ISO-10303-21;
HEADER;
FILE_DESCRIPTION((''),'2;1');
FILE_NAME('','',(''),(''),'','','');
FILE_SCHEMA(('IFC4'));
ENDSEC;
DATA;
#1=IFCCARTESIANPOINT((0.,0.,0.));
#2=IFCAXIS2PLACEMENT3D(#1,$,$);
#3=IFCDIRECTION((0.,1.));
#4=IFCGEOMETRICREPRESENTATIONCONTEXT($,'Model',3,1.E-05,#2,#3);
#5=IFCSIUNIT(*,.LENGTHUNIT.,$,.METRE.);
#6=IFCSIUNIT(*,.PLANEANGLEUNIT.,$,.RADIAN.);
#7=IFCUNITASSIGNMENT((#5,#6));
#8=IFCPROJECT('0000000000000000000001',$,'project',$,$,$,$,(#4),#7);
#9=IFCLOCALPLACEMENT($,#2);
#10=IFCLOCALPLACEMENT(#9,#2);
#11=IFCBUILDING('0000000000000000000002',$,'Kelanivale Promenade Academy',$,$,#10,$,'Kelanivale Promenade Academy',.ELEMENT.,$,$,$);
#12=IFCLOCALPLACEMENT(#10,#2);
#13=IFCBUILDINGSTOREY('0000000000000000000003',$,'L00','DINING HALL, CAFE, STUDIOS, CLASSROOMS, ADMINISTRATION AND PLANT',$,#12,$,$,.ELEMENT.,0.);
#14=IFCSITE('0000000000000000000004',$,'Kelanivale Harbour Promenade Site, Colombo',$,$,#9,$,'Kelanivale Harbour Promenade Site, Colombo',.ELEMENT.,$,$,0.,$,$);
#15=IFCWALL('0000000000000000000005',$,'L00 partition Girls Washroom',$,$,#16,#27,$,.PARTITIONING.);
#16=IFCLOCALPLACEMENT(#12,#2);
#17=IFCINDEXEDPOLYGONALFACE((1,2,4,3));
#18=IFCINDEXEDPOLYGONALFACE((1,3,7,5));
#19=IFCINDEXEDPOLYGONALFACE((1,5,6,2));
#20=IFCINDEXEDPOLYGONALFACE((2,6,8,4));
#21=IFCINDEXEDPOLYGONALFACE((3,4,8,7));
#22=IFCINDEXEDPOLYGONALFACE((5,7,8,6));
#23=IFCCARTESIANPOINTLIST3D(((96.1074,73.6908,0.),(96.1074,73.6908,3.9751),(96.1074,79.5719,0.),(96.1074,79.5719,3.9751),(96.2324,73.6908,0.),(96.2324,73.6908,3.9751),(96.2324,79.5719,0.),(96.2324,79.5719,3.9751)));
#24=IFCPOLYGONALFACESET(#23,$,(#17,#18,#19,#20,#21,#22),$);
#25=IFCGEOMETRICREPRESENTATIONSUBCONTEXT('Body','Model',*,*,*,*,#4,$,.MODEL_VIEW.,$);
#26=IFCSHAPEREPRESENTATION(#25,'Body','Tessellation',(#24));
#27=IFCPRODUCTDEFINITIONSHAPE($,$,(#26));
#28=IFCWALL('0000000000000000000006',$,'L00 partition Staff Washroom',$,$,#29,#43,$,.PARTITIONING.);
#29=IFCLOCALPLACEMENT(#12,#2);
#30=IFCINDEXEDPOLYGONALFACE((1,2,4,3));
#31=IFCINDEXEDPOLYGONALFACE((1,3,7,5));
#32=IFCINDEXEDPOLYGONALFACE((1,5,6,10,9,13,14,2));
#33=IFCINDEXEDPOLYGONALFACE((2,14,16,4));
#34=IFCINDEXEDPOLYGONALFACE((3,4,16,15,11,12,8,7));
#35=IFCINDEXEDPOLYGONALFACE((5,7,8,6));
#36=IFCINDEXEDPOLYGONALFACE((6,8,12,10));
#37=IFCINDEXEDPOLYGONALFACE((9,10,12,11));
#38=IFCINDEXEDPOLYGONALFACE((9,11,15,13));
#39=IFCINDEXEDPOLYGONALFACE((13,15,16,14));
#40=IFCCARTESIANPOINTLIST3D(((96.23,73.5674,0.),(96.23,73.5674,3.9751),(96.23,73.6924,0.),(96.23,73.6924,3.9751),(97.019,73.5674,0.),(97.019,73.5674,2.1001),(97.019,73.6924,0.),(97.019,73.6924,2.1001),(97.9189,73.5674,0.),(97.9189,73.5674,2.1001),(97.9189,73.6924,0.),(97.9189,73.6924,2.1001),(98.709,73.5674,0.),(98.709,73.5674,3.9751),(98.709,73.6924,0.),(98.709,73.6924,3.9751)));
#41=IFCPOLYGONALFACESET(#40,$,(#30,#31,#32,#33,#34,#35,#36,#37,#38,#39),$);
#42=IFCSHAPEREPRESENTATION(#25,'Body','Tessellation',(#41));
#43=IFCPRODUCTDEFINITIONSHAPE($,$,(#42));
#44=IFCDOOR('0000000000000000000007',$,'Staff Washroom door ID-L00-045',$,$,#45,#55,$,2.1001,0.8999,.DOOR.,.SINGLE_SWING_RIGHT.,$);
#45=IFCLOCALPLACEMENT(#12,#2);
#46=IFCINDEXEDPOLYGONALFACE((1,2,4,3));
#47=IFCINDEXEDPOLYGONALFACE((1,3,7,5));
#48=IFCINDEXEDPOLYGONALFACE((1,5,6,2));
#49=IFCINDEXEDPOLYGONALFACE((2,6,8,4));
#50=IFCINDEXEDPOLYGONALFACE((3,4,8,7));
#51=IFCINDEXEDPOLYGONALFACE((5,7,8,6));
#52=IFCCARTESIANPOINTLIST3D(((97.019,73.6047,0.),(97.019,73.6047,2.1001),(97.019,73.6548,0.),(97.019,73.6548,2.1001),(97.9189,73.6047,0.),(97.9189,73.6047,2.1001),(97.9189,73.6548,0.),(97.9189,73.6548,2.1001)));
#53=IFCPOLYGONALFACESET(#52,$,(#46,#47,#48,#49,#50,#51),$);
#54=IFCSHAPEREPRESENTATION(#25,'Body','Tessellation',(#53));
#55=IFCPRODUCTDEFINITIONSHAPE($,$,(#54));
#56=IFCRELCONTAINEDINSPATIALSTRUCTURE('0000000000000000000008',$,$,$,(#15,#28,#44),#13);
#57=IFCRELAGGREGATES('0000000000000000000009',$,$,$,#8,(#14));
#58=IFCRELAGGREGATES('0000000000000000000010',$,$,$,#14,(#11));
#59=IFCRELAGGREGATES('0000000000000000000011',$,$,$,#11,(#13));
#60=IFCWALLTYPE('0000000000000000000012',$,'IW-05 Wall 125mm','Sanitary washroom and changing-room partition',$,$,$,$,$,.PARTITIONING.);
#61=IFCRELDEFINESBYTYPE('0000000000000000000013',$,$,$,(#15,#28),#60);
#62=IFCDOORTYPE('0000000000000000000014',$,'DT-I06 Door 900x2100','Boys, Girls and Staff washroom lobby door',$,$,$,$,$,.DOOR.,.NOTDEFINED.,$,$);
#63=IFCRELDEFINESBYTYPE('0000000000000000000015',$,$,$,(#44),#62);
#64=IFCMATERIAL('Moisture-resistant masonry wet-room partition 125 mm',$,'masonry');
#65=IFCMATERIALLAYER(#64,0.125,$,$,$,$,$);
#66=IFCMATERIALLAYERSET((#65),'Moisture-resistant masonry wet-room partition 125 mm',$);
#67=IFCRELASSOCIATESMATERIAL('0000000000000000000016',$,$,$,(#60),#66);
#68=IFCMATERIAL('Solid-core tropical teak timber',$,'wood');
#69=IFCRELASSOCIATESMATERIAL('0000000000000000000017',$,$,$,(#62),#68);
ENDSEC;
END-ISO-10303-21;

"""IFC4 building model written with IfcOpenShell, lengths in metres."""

from ifc_helpers import new_model, si_unit, direction, frame, frame_2d, origin, place, context, subcontext, project, spatial, rectangle, extrude, material, layer, layer_set, type_object, element, fill, save


model = new_model("IFC4")

# Units and contexts
model_context = context("Model", 3, precision=1e-05, world=origin(), true_north=direction((0.0, 1.0)))
body_context = subcontext(model_context, "Body", "Model", "MODEL_VIEW")
ifc_project = project(units=[si_unit("LENGTHUNIT", "METRE"), si_unit("PLANEANGLEUNIT", "RADIAN")], contexts=[model_context])

# Site, building, storey
site_placement = place(None, origin())
site = spatial("IfcSite", under=ifc_project, at=site_placement, Name="Kelanivale Harbour Promenade Site, Colombo", LongName="Kelanivale Harbour Promenade Site, Colombo", CompositionType="ELEMENT", RefElevation=0.0)
building_placement = place(site_placement, origin())
building = spatial("IfcBuilding", under=site, at=building_placement, Name="Kelanivale Promenade Academy", LongName="Kelanivale Promenade Academy", CompositionType="ELEMENT")
storey_placement = place(building_placement, origin())
storey = spatial("IfcBuildingStorey", under=building, at=storey_placement, Name="L00", Description="DINING HALL, CAFE, STUDIOS, CLASSROOMS, ADMINISTRATION AND PLANT", CompositionType="ELEMENT", Elevation=0.0)

# Shared definitions
ifc_material_1 = material(Name="Moisture-resistant masonry wet-room partition 125 mm", Category="masonry")
ifc_layer_1 = layer(ifc_material_1, 0.125)
ifc_layer_set_1 = layer_set([ifc_layer_1], Name="Moisture-resistant masonry wet-room partition 125 mm")
wall_type_1 = type_object("IfcWallType", Name="IW-05 Wall 125mm", Description="Sanitary washroom and changing-room partition", PredefinedType="PARTITIONING", material=ifc_layer_set_1)

# Shared definitions
ifc_material_2 = material(Name="Solid-core tropical teak timber", Category="wood")
door_type = type_object("IfcDoorType", Name="DT-I06 Door 900x2100", Description="Boys, Girls and Staff washroom lobby door", OperationType="NOTDEFINED", PredefinedType="DOOR", material=ifc_material_2)

# Wall
wall_1_placement = place(storey_placement, frame((96.1699, 73.6909, 0.0), z_axis=(0.0, 0.0, 1.0), x_axis=(0.0, 1.0, 0.0)))
element("IfcWall", 1, at=wall_1_placement, inside=storey, type_object=wall_type_1, Name="L00 partition Girls Washroom", PredefinedType="PARTITIONING", context=body_context, shape_type="SweptSolid", body=[
    extrude(rectangle(XDim=5.8811, YDim=0.125, at=frame_2d((2.9404, 0.0))), origin(), (0.0, 0.0, 1.0), 3.9751),
])

# Wall, opening, door
wall_2_placement = place(storey_placement, frame((96.23, 73.6299, 0.0), z_axis=(0.0, 0.0, 1.0), x_axis=(1.0, 0.0, 0.0)))
wall_2 = element("IfcWall", 2, at=wall_2_placement, inside=storey, type_object=wall_type_1, Name="L00 partition Staff Washroom", PredefinedType="PARTITIONING", context=body_context, shape_type="SweptSolid", body=[
    extrude(rectangle(XDim=2.479, YDim=0.125, at=frame_2d((1.2395, 0.0))), origin(), (0.0, 0.0, 1.0), 3.9751),
])
opening_1_placement = place(wall_2_placement, frame((0.7891, 0.0, 0.0)))
opening_1 = element("IfcOpeningElement", 3, at=opening_1_placement, cuts=wall_2, PredefinedType="OPENING", context=body_context, shape_type="SweptSolid", body=[
    extrude(rectangle(XDim=0.8999, YDim=2.1001, at=frame_2d((0.45, 1.05))), frame((0.0, 0.0725, 0.0), z_axis=(0.0, -1.0, 0.0), x_axis=(1.0, 0.0, 0.0)), (0.0, 0.0, 1.0), 0.145),
])
door_1_placement = place(opening_1_placement, origin())
door_1 = element("IfcDoor", 4, at=door_1_placement, inside=storey, type_object=door_type, Name="Staff Washroom door ID-L00-045", OperationType="SINGLE_SWING_RIGHT", OverallHeight=2.1001, OverallWidth=0.8999, PredefinedType="DOOR", context=body_context, shape_type="SweptSolid", body=[
    extrude(rectangle(XDim=0.8999, YDim=2.1001, at=frame_2d((0.45, 1.05))), frame((0.0, 0.0249, 0.0), z_axis=(0.0, -1.0, 0.0), x_axis=(1.0, 0.0, 0.0)), (0.0, 0.0, 1.0), 0.05),
])
fill(opening_1, door_1)

save(model, "model.ifc")
